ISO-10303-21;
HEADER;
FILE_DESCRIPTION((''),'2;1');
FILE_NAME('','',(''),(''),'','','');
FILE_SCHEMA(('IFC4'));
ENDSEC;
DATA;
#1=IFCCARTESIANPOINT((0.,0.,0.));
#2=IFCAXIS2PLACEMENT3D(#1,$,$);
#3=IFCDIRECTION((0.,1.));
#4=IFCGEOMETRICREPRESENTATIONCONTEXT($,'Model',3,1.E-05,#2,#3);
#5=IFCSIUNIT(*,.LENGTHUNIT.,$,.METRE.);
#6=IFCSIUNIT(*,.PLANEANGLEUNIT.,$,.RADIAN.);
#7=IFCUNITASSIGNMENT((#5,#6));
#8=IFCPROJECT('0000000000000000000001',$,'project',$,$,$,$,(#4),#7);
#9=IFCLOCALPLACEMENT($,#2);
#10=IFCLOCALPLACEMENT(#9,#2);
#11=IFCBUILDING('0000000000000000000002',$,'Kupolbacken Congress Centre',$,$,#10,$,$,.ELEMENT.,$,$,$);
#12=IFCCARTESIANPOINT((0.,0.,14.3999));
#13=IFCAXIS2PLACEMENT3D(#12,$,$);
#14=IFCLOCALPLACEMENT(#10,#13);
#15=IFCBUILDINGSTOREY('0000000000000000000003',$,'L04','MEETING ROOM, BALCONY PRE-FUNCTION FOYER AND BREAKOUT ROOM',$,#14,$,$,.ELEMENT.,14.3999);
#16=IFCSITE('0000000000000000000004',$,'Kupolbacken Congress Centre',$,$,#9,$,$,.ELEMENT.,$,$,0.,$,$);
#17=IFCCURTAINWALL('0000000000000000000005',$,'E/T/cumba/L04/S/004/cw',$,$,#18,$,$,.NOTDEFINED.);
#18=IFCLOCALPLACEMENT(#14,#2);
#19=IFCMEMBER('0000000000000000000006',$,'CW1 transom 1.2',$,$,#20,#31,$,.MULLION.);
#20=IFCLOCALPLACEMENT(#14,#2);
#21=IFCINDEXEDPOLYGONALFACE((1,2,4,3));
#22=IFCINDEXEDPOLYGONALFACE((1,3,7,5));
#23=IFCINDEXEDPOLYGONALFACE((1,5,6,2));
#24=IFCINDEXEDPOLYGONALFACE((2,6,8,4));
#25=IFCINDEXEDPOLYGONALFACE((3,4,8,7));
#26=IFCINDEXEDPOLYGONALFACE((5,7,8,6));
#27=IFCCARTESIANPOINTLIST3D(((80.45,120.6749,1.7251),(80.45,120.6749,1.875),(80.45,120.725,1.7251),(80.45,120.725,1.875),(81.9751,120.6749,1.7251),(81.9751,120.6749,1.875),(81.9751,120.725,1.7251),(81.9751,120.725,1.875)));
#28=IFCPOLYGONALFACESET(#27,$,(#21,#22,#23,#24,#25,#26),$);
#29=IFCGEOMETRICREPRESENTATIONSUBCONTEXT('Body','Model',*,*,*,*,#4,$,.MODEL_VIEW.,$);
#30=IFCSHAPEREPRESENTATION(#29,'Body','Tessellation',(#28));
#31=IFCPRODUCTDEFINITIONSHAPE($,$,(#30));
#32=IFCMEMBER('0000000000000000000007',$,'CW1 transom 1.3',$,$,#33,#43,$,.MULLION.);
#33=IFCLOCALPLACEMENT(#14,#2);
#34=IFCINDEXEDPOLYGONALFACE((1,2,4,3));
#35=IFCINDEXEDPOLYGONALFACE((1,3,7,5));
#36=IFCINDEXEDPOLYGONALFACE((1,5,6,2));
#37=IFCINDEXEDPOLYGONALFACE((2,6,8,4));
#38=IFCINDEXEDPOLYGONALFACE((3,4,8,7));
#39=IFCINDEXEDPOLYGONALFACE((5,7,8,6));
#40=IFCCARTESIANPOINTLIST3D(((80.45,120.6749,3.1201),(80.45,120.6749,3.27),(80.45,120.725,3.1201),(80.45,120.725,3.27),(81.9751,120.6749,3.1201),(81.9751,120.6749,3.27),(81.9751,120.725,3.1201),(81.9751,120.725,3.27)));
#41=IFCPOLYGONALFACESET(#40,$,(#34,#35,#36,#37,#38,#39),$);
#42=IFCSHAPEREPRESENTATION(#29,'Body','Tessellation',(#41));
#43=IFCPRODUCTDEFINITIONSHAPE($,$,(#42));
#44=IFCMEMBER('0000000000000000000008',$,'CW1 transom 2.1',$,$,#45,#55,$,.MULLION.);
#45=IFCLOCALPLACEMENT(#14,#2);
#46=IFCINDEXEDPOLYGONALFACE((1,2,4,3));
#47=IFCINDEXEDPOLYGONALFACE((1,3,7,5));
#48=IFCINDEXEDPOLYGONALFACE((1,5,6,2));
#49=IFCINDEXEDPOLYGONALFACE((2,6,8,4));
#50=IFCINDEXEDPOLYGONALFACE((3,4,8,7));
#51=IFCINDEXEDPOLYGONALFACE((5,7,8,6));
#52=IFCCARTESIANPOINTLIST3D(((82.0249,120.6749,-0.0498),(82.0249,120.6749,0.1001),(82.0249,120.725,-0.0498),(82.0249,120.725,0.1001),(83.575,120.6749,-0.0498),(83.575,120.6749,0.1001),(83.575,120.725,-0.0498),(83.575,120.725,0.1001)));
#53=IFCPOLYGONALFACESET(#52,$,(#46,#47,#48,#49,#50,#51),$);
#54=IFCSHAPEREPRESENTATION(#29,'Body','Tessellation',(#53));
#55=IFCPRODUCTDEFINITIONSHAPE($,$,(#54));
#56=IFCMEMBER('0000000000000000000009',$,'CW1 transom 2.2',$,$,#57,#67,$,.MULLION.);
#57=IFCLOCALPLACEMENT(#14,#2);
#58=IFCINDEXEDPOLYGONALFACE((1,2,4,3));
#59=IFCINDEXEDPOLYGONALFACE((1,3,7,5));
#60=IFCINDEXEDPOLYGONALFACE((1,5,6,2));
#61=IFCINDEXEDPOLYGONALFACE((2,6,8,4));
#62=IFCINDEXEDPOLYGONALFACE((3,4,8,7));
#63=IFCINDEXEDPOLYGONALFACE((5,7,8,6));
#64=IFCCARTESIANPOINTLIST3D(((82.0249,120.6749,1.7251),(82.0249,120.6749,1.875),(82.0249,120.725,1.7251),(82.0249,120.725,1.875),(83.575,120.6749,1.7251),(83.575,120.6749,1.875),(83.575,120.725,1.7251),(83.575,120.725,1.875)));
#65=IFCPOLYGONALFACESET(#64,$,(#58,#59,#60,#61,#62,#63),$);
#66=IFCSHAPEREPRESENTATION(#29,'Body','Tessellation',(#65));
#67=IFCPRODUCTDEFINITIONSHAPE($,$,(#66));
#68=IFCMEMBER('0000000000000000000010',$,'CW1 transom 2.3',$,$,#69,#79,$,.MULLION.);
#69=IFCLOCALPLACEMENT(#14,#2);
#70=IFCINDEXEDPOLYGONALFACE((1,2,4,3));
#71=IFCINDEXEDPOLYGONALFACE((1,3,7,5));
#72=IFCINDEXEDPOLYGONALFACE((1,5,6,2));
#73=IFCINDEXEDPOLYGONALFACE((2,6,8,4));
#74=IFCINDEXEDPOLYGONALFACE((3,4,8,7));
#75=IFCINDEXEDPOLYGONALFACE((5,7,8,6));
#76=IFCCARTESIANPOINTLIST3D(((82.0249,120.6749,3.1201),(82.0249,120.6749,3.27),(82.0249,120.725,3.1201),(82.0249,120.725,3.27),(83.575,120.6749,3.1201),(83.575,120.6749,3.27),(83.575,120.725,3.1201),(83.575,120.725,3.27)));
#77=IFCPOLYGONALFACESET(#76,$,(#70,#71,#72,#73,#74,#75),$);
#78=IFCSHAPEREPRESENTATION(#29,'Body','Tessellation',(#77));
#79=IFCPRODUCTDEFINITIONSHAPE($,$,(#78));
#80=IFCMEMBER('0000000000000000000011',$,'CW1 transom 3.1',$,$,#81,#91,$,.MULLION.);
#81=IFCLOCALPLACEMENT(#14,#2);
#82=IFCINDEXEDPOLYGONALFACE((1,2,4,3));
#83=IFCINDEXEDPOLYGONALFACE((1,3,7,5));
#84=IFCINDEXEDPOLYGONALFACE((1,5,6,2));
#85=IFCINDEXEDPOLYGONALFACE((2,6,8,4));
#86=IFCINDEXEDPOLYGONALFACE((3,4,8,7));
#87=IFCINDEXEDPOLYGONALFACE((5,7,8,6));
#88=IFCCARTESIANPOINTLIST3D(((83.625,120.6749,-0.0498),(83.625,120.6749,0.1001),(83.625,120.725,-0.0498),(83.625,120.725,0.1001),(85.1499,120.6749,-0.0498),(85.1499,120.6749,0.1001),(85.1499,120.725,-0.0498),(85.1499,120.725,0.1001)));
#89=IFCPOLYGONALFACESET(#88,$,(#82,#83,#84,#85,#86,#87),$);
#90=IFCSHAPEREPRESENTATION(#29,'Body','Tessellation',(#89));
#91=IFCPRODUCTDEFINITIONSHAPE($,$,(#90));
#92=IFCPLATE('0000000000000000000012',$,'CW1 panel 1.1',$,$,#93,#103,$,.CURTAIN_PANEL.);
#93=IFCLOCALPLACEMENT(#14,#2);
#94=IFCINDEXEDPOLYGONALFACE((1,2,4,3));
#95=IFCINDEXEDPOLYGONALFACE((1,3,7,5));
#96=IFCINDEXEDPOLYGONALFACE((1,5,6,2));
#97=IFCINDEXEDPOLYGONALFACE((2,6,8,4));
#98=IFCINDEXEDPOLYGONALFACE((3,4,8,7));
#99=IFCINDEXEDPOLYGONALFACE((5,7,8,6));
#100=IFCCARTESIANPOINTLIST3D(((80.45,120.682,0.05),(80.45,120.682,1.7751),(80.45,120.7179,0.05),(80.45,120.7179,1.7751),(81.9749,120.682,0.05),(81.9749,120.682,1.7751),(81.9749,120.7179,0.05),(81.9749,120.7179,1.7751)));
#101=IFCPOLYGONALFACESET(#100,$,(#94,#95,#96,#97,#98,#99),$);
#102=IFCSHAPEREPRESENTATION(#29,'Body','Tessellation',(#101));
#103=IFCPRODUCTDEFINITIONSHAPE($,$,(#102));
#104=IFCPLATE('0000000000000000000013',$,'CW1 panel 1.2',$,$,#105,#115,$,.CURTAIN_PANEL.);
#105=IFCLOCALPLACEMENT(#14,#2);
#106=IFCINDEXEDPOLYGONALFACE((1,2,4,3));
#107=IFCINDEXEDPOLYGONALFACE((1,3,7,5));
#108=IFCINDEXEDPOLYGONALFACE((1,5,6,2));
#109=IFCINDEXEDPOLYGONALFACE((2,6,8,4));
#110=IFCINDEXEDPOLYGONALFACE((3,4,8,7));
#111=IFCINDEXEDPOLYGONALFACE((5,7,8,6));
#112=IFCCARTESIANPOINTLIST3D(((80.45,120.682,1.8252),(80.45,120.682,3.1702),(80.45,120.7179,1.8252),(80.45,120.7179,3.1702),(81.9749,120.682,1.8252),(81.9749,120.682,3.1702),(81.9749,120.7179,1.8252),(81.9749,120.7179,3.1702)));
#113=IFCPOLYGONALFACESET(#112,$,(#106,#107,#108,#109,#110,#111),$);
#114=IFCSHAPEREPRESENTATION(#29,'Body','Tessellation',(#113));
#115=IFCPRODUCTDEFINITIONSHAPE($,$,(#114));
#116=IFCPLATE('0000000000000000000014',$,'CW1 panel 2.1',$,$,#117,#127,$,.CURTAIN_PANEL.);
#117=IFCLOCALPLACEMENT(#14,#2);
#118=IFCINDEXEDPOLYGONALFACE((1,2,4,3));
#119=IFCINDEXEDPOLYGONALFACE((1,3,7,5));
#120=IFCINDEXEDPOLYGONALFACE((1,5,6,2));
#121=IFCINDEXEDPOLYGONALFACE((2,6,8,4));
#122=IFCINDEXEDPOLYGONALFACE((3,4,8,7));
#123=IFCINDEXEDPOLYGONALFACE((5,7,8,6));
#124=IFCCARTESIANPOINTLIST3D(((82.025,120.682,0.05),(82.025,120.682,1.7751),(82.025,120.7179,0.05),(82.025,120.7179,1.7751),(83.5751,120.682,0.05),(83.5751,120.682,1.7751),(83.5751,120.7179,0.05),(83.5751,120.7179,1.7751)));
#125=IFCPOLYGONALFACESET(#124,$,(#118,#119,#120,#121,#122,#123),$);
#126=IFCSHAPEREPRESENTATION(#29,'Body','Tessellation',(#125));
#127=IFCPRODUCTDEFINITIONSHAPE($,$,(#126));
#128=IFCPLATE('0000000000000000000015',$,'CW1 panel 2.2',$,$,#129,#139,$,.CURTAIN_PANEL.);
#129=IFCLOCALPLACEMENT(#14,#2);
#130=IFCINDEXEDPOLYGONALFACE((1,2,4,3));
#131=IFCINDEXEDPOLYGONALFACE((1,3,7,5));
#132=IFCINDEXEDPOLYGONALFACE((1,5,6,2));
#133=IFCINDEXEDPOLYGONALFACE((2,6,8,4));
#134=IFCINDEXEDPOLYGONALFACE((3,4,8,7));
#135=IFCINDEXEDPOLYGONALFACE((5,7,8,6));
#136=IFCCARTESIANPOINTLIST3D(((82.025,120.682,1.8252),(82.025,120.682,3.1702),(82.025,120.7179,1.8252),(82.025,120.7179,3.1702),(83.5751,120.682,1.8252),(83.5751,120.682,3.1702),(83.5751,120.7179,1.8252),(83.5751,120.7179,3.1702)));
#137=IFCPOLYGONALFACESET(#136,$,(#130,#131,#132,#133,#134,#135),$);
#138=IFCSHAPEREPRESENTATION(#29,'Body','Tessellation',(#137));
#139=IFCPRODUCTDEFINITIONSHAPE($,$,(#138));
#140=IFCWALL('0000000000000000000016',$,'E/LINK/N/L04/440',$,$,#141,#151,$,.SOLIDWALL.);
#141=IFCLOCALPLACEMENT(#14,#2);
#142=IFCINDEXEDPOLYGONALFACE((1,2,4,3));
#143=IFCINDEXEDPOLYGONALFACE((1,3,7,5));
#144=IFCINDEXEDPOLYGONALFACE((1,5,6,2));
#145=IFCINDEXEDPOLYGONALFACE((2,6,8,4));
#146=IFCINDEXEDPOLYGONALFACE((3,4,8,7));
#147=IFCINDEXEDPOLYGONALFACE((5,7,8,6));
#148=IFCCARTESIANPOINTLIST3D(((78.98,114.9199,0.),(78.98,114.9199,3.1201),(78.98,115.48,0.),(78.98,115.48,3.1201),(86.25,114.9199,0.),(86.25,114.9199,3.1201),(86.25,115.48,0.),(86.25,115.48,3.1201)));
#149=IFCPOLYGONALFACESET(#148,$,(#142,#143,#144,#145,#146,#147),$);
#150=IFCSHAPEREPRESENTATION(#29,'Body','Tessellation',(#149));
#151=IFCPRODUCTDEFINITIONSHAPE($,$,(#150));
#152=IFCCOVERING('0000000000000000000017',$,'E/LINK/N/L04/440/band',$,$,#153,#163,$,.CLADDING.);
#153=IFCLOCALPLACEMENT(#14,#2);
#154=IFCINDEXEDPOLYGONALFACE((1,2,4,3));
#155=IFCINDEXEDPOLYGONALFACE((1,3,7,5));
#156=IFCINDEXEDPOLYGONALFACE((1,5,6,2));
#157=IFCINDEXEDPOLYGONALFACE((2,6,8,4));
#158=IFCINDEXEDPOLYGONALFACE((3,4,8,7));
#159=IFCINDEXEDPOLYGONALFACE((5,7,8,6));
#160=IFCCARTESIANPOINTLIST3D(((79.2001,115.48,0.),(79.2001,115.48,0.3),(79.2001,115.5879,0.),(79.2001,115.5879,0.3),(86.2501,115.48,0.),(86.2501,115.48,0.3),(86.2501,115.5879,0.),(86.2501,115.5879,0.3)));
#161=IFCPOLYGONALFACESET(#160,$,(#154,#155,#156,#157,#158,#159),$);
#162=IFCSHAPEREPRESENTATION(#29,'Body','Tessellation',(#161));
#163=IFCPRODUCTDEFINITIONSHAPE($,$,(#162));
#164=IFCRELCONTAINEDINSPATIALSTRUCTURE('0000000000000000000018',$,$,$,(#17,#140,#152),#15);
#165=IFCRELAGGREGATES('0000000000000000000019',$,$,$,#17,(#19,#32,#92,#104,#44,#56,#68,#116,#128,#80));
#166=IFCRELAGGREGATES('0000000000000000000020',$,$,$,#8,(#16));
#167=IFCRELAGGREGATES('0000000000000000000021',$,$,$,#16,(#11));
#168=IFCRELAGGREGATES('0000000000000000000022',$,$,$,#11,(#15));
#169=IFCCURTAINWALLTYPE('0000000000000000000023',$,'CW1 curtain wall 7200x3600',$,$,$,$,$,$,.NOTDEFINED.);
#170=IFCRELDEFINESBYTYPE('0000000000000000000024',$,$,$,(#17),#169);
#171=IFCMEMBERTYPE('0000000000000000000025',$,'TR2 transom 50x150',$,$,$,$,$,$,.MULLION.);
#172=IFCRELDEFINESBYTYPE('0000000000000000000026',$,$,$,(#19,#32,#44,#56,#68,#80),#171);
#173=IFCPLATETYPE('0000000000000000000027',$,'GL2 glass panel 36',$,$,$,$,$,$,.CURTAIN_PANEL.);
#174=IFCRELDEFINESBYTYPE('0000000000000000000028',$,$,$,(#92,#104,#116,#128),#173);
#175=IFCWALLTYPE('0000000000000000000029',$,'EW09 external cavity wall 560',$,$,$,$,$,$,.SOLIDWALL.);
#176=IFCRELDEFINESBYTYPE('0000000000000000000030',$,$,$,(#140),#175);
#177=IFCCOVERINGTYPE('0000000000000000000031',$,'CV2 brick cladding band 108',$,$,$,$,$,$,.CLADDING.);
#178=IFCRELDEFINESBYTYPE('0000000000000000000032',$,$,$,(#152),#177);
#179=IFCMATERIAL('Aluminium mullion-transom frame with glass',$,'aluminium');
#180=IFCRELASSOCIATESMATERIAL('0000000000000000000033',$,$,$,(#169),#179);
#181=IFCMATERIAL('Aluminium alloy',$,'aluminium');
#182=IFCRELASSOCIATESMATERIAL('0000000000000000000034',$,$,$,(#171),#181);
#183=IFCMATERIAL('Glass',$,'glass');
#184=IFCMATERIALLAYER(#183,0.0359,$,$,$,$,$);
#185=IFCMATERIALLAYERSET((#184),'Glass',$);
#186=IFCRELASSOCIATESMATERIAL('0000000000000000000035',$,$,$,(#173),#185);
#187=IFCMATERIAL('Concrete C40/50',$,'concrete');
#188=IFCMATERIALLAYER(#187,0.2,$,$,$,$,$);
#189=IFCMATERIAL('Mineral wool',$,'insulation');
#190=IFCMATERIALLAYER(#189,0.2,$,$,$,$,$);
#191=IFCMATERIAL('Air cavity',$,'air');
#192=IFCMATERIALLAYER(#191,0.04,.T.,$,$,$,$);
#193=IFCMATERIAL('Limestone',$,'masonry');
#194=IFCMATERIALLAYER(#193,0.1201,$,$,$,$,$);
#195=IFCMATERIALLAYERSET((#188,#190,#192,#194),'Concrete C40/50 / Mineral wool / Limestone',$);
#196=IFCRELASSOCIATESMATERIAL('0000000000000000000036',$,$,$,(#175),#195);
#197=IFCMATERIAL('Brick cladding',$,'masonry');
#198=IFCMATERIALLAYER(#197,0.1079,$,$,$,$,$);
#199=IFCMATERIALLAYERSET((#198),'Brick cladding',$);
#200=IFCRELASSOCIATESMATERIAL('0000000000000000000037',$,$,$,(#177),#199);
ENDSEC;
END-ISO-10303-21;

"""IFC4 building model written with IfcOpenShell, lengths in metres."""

from ifc_helpers import new_model, si_unit, direction, frame, frame_2d, origin, origin_2d, place, context, subcontext, project, spatial, rectangle, extrude, material, layer, layer_set, material_profile, profile_set, type_object, element, aggregate, save


model = new_model("IFC4")

# Units and contexts
model_context = context("Model", 3, precision=1e-05, world=origin(), true_north=direction((0.0, 1.0)))
body_context = subcontext(model_context, "Body", "Model", "MODEL_VIEW")
ifc_project = project(units=[si_unit("LENGTHUNIT", "METRE"), si_unit("PLANEANGLEUNIT", "RADIAN")], contexts=[model_context])

# Site, building, storey
site_placement = place(None, origin())
site = spatial("IfcSite", under=ifc_project, at=site_placement, Name="Kupolbacken Congress Centre", CompositionType="ELEMENT", RefElevation=0.0)
building_placement = place(site_placement, origin())
building = spatial("IfcBuilding", under=site, at=building_placement, Name="Kupolbacken Congress Centre", CompositionType="ELEMENT")
storey_placement = place(building_placement, frame((0.0, 0.0, 14.3999)))
storey = spatial("IfcBuildingStorey", under=building, at=storey_placement, Name="L04", Description="MEETING ROOM, BALCONY PRE-FUNCTION FOYER AND BREAKOUT ROOM", CompositionType="ELEMENT", Elevation=14.3999)

# Curtain wall, members, plates
ifc_material_1 = material(Name="Aluminium mullion-transom frame with glass", Category="aluminium")
curtain_wall_type = type_object("IfcCurtainWallType", Name="CW1 curtain wall 7200x3600", PredefinedType="NOTDEFINED", material=ifc_material_1)
curtain_wall_placement = place(storey_placement, origin())
curtain_wall = element("IfcCurtainWall", 1, at=curtain_wall_placement, inside=storey, type_object=curtain_wall_type, Name="E/T/cumba/L04/S/004/cw", PredefinedType="NOTDEFINED")
ifc_material_2 = material(Name="Aluminium alloy", Category="aluminium")
ifc_material_profile_1 = material_profile(ifc_material_2, rectangle(XDim=0.05, YDim=0.1499, at=origin_2d()), Name="50 x 150")
ifc_profile_set_1 = profile_set([ifc_material_profile_1], Name="Aluminium alloy")
member_type_1 = type_object("IfcMemberType", Name="TR2 transom 50x150", PredefinedType="MULLION", material=ifc_profile_set_1)
member_1_placement = place(storey_placement, frame((80.45, 120.7, 1.8), z_axis=(1.0, 0.0, 0.0), x_axis=(0.0, 1.0, 0.0)))
member_1 = element("IfcMember", 2, at=member_1_placement, type_object=member_type_1, Name="CW1 transom 1.2", PredefinedType="MULLION", context=body_context, shape_type="SweptSolid", body=[
    extrude(rectangle(XDim=0.05, YDim=0.1499, at=origin_2d()), origin(), (0.0, 0.0, 1.0), 1.5251),
])
member_2_placement = place(storey_placement, frame((80.45, 120.7, 3.1951), z_axis=(1.0, 0.0, 0.0), x_axis=(0.0, 1.0, 0.0)))
member_2 = element("IfcMember", 3, at=member_2_placement, type_object=member_type_1, Name="CW1 transom 1.3", PredefinedType="MULLION", context=body_context, shape_type="SweptSolid", body=[
    extrude(rectangle(XDim=0.05, YDim=0.1499, at=origin_2d()), origin(), (0.0, 0.0, 1.0), 1.5251),
])
member_3_placement = place(storey_placement, frame((82.0249, 120.7, 0.0251), z_axis=(1.0, 0.0, 0.0), x_axis=(0.0, 1.0, 0.0)))
member_3 = element("IfcMember", 4, at=member_3_placement, type_object=member_type_1, Name="CW1 transom 2.1", PredefinedType="MULLION", context=body_context, shape_type="SweptSolid", body=[
    extrude(rectangle(XDim=0.05, YDim=0.1499, at=origin_2d()), origin(), (0.0, 0.0, 1.0), 1.55),
])
member_4_placement = place(storey_placement, frame((82.0249, 120.7, 1.8), z_axis=(1.0, 0.0, 0.0), x_axis=(0.0, 1.0, 0.0)))
member_4 = element("IfcMember", 5, at=member_4_placement, type_object=member_type_1, Name="CW1 transom 2.2", PredefinedType="MULLION", context=body_context, shape_type="SweptSolid", body=[
    extrude(rectangle(XDim=0.05, YDim=0.1499, at=origin_2d()), origin(), (0.0, 0.0, 1.0), 1.55),
])
member_5_placement = place(storey_placement, frame((82.0249, 120.7, 3.1951), z_axis=(1.0, 0.0, 0.0), x_axis=(0.0, 1.0, 0.0)))
member_5 = element("IfcMember", 6, at=member_5_placement, type_object=member_type_1, Name="CW1 transom 2.3", PredefinedType="MULLION", context=body_context, shape_type="SweptSolid", body=[
    extrude(rectangle(XDim=0.05, YDim=0.1499, at=origin_2d()), origin(), (0.0, 0.0, 1.0), 1.55),
])
member_6_placement = place(storey_placement, frame((83.625, 120.7, 0.0251), z_axis=(1.0, 0.0, 0.0), x_axis=(0.0, 1.0, 0.0)))
member_6 = element("IfcMember", 7, at=member_6_placement, type_object=member_type_1, Name="CW1 transom 3.1", PredefinedType="MULLION", context=body_context, shape_type="SweptSolid", body=[
    extrude(rectangle(XDim=0.05, YDim=0.1499, at=origin_2d()), origin(), (0.0, 0.0, 1.0), 1.5249),
])
ifc_material_3 = material(Name="Glass", Category="glass")
ifc_layer_1 = layer(ifc_material_3, 0.0359)
ifc_layer_set_1 = layer_set([ifc_layer_1], Name="Glass")
plate_type = type_object("IfcPlateType", Name="GL2 glass panel 36", PredefinedType="CURTAIN_PANEL", material=ifc_layer_set_1)
plate_1_placement = place(storey_placement, frame((81.2124, 120.7, 0.05), z_axis=(0.0, 0.0, 1.0), x_axis=(1.0, 0.0, 0.0)))
plate_1 = element("IfcPlate", 8, at=plate_1_placement, type_object=plate_type, Name="CW1 panel 1.1", PredefinedType="CURTAIN_PANEL", context=body_context, shape_type="SweptSolid", body=[
    extrude(rectangle(XDim=1.5249, YDim=0.0359, at=origin_2d()), origin(), (0.0, 0.0, 1.0), 1.7251),
])
plate_2_placement = place(storey_placement, frame((81.2124, 120.7, 1.8252), z_axis=(0.0, 0.0, 1.0), x_axis=(1.0, 0.0, 0.0)))
plate_2 = element("IfcPlate", 9, at=plate_2_placement, type_object=plate_type, Name="CW1 panel 1.2", PredefinedType="CURTAIN_PANEL", context=body_context, shape_type="SweptSolid", body=[
    extrude(rectangle(XDim=1.5249, YDim=0.0359, at=origin_2d()), origin(), (0.0, 0.0, 1.0), 1.345),
])
plate_3_placement = place(storey_placement, frame((82.8, 120.7, 0.05), z_axis=(0.0, 0.0, 1.0), x_axis=(1.0, 0.0, 0.0)))
plate_3 = element("IfcPlate", 10, at=plate_3_placement, type_object=plate_type, Name="CW1 panel 2.1", PredefinedType="CURTAIN_PANEL", context=body_context, shape_type="SweptSolid", body=[
    extrude(rectangle(XDim=1.55, YDim=0.0359, at=origin_2d()), origin(), (0.0, 0.0, 1.0), 1.7251),
])
plate_4_placement = place(storey_placement, frame((82.8, 120.7, 1.8252), z_axis=(0.0, 0.0, 1.0), x_axis=(1.0, 0.0, 0.0)))
plate_4 = element("IfcPlate", 11, at=plate_4_placement, type_object=plate_type, Name="CW1 panel 2.2", PredefinedType="CURTAIN_PANEL", context=body_context, shape_type="SweptSolid", body=[
    extrude(rectangle(XDim=1.55, YDim=0.0359, at=origin_2d()), origin(), (0.0, 0.0, 1.0), 1.345),
])
aggregate(curtain_wall, [member_1, member_2, plate_1, plate_2, member_3, member_4, member_5, plate_3, plate_4, member_6])

# Wall
ifc_material_4 = material(Name="Concrete C40/50", Category="concrete")
ifc_layer_2 = layer(ifc_material_4, 0.2)
ifc_material_5 = material(Name="Mineral wool", Category="insulation")
ifc_layer_3 = layer(ifc_material_5, 0.2)
ifc_material_6 = material(Name="Air cavity", Category="air")
ifc_layer_4 = layer(ifc_material_6, 0.04, ventilated=True)
ifc_material_7 = material(Name="Limestone", Category="masonry")
ifc_layer_5 = layer(ifc_material_7, 0.1201)
ifc_layer_set_2 = layer_set([ifc_layer_2, ifc_layer_3, ifc_layer_4, ifc_layer_5], Name="Concrete C40/50 / Mineral wool / Limestone")
wall_type = type_object("IfcWallType", Name="EW09 external cavity wall 560", PredefinedType="SOLIDWALL", material=ifc_layer_set_2)
wall_placement = place(storey_placement, frame((86.25, 115.2, 0.0), z_axis=(0.0, 0.0, 1.0), x_axis=(-1.0, 0.0, 0.0)))
element("IfcWall", 12, at=wall_placement, inside=storey, type_object=wall_type, Name="E/LINK/N/L04/440", PredefinedType="SOLIDWALL", context=body_context, shape_type="SweptSolid", body=[
    extrude(rectangle(XDim=7.27, YDim=0.5601, at=frame_2d((3.635, 0.0))), origin(), (0.0, 0.0, 1.0), 3.1201),
])

# Covering
ifc_material_8 = material(Name="Brick cladding", Category="masonry")
ifc_layer_6 = layer(ifc_material_8, 0.1079)
ifc_layer_set_3 = layer_set([ifc_layer_6], Name="Brick cladding")
covering_type = type_object("IfcCoveringType", Name="CV2 brick cladding band 108", PredefinedType="CLADDING", material=ifc_layer_set_3)
covering_placement = place(storey_placement, frame((82.7251, 115.5339, 0.0), z_axis=(0.0, 0.0, 1.0), x_axis=(-1.0, 0.0, 0.0)))
element("IfcCovering", 13, at=covering_placement, inside=storey, type_object=covering_type, Name="E/LINK/N/L04/440/band", PredefinedType="CLADDING", context=body_context, shape_type="SweptSolid", body=[
    extrude(rectangle(XDim=7.05, YDim=0.1079, at=origin_2d()), origin(), (0.0, 0.0, 1.0), 0.3),
])

save(model, "model.ifc")
